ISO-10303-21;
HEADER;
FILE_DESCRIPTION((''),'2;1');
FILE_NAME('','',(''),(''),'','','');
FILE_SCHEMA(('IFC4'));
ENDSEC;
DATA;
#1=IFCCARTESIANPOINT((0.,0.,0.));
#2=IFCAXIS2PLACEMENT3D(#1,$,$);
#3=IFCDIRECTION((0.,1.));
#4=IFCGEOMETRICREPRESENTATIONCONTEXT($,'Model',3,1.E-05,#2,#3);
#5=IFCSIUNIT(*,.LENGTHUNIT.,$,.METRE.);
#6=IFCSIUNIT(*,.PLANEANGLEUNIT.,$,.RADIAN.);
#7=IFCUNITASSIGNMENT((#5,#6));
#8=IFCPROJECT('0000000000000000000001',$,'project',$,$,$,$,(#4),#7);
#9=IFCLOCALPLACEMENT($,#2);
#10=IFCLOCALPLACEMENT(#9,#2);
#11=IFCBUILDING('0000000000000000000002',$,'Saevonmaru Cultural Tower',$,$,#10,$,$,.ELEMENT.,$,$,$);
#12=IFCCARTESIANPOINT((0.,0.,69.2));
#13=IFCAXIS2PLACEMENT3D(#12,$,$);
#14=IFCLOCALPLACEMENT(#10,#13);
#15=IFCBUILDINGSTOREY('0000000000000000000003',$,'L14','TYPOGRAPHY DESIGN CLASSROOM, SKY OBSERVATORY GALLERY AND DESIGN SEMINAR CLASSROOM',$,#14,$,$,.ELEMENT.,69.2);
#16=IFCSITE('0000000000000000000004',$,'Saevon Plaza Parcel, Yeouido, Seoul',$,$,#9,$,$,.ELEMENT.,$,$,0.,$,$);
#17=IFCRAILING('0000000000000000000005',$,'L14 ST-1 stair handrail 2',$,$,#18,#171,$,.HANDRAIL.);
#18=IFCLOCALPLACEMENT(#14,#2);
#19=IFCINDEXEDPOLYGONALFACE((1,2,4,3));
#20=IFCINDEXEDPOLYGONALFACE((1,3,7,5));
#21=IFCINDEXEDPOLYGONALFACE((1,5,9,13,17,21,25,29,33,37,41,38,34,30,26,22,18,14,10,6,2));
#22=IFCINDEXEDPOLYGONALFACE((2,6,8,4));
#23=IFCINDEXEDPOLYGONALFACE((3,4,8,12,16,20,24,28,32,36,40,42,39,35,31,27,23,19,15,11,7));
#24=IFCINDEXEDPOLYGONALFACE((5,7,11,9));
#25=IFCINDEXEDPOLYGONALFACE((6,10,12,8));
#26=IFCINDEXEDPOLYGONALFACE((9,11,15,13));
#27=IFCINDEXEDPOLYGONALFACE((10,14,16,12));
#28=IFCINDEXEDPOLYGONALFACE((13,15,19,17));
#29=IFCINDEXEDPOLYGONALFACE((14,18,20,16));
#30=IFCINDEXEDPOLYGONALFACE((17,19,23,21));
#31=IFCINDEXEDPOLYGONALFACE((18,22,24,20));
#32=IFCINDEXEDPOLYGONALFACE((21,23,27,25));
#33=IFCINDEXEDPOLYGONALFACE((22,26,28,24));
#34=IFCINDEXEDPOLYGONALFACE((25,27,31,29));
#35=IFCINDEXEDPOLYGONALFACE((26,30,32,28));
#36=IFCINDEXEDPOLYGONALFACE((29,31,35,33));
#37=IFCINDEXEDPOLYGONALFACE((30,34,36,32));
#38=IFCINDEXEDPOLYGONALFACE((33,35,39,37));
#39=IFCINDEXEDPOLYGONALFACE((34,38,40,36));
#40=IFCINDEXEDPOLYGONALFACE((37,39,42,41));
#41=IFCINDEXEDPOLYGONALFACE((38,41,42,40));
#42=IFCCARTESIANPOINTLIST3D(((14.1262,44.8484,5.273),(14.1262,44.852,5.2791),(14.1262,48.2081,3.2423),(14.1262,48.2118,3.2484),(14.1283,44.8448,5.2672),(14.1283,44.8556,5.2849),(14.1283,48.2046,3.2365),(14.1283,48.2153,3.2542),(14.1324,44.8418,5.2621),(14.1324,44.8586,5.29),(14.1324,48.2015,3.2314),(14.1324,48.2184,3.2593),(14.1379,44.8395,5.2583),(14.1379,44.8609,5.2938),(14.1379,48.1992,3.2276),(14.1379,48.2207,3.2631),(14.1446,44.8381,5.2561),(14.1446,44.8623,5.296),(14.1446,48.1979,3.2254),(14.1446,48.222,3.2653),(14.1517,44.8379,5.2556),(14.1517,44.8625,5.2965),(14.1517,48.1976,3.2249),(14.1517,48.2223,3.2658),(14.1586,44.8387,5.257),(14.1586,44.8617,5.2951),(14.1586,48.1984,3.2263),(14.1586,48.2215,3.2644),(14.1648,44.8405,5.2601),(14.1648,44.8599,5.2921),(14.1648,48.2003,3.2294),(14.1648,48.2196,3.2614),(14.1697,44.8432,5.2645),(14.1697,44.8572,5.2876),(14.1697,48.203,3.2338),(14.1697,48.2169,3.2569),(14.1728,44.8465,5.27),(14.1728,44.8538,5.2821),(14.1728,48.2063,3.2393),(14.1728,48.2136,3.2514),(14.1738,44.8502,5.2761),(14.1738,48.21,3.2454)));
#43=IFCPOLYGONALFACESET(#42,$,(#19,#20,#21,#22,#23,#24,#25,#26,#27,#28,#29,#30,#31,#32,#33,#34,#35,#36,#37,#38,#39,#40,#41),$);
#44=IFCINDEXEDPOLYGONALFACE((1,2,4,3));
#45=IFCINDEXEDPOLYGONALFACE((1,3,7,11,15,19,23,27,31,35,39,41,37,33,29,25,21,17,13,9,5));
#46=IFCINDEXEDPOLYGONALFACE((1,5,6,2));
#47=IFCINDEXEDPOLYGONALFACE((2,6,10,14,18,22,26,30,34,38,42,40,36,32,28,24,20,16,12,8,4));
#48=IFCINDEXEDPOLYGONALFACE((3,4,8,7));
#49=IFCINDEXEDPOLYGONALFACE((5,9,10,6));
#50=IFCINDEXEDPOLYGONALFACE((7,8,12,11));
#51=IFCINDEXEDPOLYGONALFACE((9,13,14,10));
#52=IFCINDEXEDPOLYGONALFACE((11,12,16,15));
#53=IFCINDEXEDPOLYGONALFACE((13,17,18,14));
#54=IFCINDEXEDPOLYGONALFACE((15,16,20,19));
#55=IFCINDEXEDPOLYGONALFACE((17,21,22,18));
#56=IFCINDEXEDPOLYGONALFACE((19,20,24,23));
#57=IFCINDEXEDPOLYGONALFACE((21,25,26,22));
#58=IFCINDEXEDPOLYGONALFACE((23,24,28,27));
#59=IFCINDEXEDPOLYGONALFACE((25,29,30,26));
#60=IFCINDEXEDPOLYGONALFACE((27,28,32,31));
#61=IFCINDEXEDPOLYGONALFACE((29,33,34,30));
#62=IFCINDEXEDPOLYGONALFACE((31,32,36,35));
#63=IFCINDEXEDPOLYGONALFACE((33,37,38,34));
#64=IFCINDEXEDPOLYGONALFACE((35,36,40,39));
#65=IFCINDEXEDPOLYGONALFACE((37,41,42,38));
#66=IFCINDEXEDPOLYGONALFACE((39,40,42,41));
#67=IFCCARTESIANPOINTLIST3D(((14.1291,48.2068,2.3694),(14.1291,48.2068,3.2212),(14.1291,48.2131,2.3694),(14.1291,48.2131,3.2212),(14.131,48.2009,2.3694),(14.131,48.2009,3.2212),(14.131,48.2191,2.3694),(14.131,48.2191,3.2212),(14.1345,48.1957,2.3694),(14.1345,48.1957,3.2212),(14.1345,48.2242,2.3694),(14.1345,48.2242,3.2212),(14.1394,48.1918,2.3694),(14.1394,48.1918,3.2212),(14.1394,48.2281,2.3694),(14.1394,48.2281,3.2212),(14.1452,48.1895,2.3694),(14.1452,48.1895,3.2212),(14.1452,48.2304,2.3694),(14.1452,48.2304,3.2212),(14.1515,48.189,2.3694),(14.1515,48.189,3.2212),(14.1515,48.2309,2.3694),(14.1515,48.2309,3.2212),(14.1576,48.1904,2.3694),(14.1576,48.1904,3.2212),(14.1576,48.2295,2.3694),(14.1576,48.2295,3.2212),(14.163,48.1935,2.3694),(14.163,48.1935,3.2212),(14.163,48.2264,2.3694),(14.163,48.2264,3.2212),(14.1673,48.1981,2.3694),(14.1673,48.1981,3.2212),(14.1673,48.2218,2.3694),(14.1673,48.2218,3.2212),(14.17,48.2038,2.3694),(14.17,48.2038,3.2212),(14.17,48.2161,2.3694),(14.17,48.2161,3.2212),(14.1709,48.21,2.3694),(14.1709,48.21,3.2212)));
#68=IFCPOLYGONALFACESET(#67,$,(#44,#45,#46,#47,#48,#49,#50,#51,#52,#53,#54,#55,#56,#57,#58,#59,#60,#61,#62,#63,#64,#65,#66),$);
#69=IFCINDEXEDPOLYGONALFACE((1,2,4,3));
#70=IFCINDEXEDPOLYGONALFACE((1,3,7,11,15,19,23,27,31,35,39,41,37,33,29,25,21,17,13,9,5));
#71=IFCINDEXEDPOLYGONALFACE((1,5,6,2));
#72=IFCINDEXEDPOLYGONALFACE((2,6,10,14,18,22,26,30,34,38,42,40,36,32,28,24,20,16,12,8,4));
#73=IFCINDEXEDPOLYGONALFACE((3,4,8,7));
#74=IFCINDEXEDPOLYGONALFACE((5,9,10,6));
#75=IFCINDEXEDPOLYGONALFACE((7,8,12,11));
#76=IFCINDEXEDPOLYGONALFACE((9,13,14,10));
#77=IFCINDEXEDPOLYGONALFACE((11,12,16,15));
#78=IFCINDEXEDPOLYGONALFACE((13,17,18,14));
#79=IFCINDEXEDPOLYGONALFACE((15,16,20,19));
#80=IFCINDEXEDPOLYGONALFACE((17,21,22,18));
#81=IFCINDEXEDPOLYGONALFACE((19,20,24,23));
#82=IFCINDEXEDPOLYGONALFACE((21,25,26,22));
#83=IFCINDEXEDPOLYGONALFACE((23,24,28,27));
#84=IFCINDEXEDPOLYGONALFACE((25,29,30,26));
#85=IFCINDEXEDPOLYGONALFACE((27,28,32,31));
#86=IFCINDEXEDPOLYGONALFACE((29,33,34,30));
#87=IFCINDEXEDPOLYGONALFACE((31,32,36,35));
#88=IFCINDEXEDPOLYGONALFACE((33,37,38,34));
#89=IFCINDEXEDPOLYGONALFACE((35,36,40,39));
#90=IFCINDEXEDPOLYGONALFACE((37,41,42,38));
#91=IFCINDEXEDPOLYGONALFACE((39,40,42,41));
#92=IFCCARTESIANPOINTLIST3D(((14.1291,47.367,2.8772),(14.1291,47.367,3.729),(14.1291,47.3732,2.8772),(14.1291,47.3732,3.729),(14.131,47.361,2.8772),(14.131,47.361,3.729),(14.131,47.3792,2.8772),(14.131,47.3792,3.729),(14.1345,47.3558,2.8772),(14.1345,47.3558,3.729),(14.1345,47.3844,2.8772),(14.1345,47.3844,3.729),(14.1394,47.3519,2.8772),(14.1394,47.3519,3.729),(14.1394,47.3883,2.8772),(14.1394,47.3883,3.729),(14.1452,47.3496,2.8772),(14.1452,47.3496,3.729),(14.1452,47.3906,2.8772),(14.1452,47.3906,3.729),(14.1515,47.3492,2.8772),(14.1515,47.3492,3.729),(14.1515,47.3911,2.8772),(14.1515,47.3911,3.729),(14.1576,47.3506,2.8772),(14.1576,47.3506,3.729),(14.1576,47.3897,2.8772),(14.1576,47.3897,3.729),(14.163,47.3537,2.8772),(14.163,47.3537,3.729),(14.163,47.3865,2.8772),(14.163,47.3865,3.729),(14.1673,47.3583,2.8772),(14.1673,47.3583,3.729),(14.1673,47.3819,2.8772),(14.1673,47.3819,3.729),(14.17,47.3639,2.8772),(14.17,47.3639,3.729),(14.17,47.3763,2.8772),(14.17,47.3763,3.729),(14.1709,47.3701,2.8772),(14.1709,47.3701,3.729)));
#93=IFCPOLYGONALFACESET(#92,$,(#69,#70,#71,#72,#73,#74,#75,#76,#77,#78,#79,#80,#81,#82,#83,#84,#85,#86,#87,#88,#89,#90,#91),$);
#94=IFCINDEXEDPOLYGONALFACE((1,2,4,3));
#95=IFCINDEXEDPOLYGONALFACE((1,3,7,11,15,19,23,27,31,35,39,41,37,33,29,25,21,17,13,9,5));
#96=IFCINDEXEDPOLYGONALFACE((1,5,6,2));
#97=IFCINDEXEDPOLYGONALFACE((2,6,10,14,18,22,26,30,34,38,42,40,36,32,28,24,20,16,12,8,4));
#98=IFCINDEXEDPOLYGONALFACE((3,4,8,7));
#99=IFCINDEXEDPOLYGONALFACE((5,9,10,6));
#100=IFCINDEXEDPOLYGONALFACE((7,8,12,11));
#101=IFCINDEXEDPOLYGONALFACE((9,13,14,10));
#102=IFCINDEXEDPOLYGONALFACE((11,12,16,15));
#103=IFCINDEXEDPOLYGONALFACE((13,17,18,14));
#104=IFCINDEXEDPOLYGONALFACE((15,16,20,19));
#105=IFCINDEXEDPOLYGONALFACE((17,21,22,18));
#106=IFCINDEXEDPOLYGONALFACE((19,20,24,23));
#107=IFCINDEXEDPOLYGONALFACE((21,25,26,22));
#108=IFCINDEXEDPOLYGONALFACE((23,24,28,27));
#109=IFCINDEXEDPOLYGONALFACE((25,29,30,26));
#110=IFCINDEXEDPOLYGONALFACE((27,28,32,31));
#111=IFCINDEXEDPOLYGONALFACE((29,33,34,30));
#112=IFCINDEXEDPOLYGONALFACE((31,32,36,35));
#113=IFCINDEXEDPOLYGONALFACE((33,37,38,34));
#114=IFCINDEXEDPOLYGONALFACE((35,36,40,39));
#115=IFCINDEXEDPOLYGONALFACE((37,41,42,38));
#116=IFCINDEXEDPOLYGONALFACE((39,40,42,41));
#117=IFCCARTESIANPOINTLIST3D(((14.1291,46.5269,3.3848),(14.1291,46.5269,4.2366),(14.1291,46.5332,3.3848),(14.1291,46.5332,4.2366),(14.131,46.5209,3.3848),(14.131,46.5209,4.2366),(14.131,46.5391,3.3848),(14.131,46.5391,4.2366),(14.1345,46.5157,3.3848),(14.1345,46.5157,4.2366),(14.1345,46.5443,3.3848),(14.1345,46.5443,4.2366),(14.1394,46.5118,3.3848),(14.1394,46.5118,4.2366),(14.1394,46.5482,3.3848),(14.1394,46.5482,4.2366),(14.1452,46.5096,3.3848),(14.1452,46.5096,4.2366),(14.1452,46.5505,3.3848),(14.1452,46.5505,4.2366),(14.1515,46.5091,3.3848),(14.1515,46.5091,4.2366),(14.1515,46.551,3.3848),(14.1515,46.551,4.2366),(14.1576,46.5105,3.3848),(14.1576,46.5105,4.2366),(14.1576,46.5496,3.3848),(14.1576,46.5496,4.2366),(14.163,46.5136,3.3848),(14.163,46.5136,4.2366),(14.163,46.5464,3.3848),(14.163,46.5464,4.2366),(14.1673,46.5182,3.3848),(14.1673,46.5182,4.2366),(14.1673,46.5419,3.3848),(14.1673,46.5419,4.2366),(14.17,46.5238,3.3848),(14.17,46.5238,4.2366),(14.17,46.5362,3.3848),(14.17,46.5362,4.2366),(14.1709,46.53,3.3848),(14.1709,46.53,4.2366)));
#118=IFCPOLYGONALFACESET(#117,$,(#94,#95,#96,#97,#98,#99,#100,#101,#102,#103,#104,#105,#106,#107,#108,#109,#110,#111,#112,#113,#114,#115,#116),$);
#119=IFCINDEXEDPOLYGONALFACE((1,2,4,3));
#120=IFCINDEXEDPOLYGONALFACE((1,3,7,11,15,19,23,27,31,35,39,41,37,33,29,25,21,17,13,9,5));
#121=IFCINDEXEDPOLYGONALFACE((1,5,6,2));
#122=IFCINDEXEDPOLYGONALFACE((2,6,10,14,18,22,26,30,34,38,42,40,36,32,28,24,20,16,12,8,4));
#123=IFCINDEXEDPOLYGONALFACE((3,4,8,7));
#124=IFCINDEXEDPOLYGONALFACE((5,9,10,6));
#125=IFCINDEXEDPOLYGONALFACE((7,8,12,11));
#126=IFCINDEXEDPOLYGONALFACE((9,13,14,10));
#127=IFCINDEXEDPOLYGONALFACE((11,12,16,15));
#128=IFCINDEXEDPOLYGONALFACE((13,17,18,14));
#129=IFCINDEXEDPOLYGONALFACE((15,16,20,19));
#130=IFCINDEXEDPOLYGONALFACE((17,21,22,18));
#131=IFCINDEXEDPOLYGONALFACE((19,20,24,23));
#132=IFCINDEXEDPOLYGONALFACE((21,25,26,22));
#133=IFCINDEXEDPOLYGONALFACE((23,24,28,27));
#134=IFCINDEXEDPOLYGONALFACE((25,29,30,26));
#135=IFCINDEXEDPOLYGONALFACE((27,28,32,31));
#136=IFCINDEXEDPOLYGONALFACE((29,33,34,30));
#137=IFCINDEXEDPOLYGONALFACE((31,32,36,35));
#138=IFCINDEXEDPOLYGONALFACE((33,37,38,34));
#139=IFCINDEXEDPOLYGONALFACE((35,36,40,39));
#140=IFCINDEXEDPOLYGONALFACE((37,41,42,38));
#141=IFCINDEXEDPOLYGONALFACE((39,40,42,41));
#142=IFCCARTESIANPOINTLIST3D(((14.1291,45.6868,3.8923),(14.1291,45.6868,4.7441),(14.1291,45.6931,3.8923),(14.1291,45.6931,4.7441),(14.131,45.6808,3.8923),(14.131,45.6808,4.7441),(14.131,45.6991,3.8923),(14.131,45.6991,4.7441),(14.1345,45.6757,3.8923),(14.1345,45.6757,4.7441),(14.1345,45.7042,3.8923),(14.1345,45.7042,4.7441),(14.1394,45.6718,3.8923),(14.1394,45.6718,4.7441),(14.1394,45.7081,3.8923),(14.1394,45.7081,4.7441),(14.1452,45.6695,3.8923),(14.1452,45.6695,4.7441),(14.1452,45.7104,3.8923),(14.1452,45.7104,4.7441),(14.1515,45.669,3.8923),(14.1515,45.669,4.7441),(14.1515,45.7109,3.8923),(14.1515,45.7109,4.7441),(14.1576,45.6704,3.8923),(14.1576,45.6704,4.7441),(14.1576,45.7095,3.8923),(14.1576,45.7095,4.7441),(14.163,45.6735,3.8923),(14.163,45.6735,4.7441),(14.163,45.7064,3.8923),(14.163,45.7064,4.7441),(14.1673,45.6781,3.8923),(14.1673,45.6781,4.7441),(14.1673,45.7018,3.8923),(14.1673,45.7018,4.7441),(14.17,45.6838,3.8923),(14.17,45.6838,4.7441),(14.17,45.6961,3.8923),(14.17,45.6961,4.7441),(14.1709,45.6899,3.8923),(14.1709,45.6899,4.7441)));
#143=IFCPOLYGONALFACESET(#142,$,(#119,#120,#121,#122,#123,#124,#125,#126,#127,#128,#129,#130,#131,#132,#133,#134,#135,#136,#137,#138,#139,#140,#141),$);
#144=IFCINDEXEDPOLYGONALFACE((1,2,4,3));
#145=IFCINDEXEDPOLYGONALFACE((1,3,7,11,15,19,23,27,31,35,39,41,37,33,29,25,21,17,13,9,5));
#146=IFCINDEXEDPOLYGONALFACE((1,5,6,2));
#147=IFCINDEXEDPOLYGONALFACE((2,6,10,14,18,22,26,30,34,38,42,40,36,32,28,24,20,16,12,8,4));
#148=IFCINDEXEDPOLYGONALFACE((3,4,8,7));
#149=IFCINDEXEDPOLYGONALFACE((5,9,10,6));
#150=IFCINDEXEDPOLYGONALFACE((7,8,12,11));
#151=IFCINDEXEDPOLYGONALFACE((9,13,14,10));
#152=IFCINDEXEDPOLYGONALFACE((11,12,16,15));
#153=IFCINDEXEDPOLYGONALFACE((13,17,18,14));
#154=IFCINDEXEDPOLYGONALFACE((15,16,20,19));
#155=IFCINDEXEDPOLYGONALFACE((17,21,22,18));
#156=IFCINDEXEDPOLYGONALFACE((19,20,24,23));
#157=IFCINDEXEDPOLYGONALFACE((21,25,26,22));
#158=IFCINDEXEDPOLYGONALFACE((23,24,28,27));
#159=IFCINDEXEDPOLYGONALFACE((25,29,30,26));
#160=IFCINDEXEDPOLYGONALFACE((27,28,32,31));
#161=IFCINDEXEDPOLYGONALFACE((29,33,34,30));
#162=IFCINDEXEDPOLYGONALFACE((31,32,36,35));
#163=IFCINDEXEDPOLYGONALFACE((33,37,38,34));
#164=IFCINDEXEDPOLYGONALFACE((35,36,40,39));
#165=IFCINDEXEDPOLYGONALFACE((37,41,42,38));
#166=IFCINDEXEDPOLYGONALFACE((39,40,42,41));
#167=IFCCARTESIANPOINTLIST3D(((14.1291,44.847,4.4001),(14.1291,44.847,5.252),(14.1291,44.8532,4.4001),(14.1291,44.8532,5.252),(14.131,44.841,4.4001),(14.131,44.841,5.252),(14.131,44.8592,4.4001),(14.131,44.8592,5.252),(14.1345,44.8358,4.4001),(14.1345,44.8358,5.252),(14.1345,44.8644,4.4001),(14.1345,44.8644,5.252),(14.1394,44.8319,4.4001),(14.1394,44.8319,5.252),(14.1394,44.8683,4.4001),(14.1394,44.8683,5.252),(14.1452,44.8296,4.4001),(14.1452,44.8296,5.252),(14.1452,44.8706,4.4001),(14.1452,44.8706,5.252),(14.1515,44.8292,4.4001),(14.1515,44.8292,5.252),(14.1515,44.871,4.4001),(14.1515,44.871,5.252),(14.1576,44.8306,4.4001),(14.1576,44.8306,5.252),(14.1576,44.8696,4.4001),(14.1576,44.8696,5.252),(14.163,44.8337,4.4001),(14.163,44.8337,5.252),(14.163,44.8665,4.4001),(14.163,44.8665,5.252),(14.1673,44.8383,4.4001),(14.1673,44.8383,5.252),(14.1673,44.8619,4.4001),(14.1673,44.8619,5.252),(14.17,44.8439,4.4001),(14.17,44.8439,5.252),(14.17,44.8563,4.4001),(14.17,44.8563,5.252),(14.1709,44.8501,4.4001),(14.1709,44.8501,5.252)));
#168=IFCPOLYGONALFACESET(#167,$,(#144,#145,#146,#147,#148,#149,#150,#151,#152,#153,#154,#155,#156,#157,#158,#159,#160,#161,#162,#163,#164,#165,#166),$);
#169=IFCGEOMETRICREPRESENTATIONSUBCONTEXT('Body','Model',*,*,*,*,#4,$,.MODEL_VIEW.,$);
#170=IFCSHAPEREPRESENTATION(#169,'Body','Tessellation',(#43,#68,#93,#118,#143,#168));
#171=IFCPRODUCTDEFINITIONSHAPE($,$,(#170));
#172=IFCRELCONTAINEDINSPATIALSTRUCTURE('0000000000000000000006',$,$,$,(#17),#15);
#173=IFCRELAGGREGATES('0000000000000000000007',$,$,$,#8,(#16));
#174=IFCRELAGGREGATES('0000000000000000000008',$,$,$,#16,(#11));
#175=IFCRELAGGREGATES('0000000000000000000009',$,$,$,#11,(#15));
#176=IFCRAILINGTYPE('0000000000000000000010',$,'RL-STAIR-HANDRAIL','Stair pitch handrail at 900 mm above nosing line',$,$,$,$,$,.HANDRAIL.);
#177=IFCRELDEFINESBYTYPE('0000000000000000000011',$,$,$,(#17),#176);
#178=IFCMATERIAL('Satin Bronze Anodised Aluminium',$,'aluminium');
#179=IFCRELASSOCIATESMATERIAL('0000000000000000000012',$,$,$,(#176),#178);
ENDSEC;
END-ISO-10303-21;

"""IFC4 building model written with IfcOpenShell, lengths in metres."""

from ifc_helpers import new_model, si_unit, direction, frame, origin, origin_2d, place, context, subcontext, project, spatial, circle, extrude, material, type_object, element, save


model = new_model("IFC4")

# Units and contexts
model_context = context("Model", 3, precision=1e-05, world=origin(), true_north=direction((0.0, 1.0)))
body_context = subcontext(model_context, "Body", "Model", "MODEL_VIEW")
ifc_project = project(units=[si_unit("LENGTHUNIT", "METRE"), si_unit("PLANEANGLEUNIT", "RADIAN")], contexts=[model_context])

# Site, building, storey
site_placement = place(None, origin())
site = spatial("IfcSite", under=ifc_project, at=site_placement, Name="Saevon Plaza Parcel, Yeouido, Seoul", CompositionType="ELEMENT", RefElevation=0.0)
building_placement = place(site_placement, origin())
building = spatial("IfcBuilding", under=site, at=building_placement, Name="Saevonmaru Cultural Tower", CompositionType="ELEMENT")
storey_placement = place(building_placement, frame((0.0, 0.0, 69.2)))
storey = spatial("IfcBuildingStorey", under=building, at=storey_placement, Name="L14", Description="TYPOGRAPHY DESIGN CLASSROOM, SKY OBSERVATORY GALLERY AND DESIGN SEMINAR CLASSROOM", CompositionType="ELEMENT", Elevation=69.2)

# Shared definitions
ifc_material_1 = material(Name="Satin Bronze Anodised Aluminium", Category="aluminium")

# Railing
railing_type_1 = type_object("IfcRailingType", Name="RL-STAIR-HANDRAIL", Description="Stair pitch handrail at 900 mm above nosing line", PredefinedType="HANDRAIL", material=ifc_material_1)
railing_1_placement = place(storey_placement, frame((14.1499, 48.21, 2.3694)))
element("IfcRailing", 1, at=railing_1_placement, inside=storey, type_object=railing_type_1, Name="L14 ST-1 stair handrail 2", PredefinedType="HANDRAIL", context=body_context, shape_type="SweptSolid", body=[
    extrude(circle(Radius=0.0239, at=origin_2d()), frame((0.0, 0.0, 0.876), z_axis=(0.0, -0.85582, 0.517273), x_axis=(1.0, 0.0, 0.0)), (0.0, 0.0, 1.0), 3.9258),
    extrude(circle(Radius=0.021, at=origin_2d()), origin(), (0.0, 0.0, 1.0), 0.8518),
    extrude(circle(Radius=0.021, at=origin_2d()), frame((0.0, -0.8398, 0.5078)), (0.0, 0.0, 1.0), 0.8518),
    extrude(circle(Radius=0.021, at=origin_2d()), frame((0.0, -1.6799, 1.0154)), (0.0, 0.0, 1.0), 0.8518),
    extrude(circle(Radius=0.021, at=origin_2d()), frame((0.0, -2.52, 1.5229)), (0.0, 0.0, 1.0), 0.8518),
    extrude(circle(Radius=0.021, at=origin_2d()), frame((0.0, -3.3599, 2.0308)), (0.0, 0.0, 1.0), 0.8518),
])

save(model, "model.ifc")
